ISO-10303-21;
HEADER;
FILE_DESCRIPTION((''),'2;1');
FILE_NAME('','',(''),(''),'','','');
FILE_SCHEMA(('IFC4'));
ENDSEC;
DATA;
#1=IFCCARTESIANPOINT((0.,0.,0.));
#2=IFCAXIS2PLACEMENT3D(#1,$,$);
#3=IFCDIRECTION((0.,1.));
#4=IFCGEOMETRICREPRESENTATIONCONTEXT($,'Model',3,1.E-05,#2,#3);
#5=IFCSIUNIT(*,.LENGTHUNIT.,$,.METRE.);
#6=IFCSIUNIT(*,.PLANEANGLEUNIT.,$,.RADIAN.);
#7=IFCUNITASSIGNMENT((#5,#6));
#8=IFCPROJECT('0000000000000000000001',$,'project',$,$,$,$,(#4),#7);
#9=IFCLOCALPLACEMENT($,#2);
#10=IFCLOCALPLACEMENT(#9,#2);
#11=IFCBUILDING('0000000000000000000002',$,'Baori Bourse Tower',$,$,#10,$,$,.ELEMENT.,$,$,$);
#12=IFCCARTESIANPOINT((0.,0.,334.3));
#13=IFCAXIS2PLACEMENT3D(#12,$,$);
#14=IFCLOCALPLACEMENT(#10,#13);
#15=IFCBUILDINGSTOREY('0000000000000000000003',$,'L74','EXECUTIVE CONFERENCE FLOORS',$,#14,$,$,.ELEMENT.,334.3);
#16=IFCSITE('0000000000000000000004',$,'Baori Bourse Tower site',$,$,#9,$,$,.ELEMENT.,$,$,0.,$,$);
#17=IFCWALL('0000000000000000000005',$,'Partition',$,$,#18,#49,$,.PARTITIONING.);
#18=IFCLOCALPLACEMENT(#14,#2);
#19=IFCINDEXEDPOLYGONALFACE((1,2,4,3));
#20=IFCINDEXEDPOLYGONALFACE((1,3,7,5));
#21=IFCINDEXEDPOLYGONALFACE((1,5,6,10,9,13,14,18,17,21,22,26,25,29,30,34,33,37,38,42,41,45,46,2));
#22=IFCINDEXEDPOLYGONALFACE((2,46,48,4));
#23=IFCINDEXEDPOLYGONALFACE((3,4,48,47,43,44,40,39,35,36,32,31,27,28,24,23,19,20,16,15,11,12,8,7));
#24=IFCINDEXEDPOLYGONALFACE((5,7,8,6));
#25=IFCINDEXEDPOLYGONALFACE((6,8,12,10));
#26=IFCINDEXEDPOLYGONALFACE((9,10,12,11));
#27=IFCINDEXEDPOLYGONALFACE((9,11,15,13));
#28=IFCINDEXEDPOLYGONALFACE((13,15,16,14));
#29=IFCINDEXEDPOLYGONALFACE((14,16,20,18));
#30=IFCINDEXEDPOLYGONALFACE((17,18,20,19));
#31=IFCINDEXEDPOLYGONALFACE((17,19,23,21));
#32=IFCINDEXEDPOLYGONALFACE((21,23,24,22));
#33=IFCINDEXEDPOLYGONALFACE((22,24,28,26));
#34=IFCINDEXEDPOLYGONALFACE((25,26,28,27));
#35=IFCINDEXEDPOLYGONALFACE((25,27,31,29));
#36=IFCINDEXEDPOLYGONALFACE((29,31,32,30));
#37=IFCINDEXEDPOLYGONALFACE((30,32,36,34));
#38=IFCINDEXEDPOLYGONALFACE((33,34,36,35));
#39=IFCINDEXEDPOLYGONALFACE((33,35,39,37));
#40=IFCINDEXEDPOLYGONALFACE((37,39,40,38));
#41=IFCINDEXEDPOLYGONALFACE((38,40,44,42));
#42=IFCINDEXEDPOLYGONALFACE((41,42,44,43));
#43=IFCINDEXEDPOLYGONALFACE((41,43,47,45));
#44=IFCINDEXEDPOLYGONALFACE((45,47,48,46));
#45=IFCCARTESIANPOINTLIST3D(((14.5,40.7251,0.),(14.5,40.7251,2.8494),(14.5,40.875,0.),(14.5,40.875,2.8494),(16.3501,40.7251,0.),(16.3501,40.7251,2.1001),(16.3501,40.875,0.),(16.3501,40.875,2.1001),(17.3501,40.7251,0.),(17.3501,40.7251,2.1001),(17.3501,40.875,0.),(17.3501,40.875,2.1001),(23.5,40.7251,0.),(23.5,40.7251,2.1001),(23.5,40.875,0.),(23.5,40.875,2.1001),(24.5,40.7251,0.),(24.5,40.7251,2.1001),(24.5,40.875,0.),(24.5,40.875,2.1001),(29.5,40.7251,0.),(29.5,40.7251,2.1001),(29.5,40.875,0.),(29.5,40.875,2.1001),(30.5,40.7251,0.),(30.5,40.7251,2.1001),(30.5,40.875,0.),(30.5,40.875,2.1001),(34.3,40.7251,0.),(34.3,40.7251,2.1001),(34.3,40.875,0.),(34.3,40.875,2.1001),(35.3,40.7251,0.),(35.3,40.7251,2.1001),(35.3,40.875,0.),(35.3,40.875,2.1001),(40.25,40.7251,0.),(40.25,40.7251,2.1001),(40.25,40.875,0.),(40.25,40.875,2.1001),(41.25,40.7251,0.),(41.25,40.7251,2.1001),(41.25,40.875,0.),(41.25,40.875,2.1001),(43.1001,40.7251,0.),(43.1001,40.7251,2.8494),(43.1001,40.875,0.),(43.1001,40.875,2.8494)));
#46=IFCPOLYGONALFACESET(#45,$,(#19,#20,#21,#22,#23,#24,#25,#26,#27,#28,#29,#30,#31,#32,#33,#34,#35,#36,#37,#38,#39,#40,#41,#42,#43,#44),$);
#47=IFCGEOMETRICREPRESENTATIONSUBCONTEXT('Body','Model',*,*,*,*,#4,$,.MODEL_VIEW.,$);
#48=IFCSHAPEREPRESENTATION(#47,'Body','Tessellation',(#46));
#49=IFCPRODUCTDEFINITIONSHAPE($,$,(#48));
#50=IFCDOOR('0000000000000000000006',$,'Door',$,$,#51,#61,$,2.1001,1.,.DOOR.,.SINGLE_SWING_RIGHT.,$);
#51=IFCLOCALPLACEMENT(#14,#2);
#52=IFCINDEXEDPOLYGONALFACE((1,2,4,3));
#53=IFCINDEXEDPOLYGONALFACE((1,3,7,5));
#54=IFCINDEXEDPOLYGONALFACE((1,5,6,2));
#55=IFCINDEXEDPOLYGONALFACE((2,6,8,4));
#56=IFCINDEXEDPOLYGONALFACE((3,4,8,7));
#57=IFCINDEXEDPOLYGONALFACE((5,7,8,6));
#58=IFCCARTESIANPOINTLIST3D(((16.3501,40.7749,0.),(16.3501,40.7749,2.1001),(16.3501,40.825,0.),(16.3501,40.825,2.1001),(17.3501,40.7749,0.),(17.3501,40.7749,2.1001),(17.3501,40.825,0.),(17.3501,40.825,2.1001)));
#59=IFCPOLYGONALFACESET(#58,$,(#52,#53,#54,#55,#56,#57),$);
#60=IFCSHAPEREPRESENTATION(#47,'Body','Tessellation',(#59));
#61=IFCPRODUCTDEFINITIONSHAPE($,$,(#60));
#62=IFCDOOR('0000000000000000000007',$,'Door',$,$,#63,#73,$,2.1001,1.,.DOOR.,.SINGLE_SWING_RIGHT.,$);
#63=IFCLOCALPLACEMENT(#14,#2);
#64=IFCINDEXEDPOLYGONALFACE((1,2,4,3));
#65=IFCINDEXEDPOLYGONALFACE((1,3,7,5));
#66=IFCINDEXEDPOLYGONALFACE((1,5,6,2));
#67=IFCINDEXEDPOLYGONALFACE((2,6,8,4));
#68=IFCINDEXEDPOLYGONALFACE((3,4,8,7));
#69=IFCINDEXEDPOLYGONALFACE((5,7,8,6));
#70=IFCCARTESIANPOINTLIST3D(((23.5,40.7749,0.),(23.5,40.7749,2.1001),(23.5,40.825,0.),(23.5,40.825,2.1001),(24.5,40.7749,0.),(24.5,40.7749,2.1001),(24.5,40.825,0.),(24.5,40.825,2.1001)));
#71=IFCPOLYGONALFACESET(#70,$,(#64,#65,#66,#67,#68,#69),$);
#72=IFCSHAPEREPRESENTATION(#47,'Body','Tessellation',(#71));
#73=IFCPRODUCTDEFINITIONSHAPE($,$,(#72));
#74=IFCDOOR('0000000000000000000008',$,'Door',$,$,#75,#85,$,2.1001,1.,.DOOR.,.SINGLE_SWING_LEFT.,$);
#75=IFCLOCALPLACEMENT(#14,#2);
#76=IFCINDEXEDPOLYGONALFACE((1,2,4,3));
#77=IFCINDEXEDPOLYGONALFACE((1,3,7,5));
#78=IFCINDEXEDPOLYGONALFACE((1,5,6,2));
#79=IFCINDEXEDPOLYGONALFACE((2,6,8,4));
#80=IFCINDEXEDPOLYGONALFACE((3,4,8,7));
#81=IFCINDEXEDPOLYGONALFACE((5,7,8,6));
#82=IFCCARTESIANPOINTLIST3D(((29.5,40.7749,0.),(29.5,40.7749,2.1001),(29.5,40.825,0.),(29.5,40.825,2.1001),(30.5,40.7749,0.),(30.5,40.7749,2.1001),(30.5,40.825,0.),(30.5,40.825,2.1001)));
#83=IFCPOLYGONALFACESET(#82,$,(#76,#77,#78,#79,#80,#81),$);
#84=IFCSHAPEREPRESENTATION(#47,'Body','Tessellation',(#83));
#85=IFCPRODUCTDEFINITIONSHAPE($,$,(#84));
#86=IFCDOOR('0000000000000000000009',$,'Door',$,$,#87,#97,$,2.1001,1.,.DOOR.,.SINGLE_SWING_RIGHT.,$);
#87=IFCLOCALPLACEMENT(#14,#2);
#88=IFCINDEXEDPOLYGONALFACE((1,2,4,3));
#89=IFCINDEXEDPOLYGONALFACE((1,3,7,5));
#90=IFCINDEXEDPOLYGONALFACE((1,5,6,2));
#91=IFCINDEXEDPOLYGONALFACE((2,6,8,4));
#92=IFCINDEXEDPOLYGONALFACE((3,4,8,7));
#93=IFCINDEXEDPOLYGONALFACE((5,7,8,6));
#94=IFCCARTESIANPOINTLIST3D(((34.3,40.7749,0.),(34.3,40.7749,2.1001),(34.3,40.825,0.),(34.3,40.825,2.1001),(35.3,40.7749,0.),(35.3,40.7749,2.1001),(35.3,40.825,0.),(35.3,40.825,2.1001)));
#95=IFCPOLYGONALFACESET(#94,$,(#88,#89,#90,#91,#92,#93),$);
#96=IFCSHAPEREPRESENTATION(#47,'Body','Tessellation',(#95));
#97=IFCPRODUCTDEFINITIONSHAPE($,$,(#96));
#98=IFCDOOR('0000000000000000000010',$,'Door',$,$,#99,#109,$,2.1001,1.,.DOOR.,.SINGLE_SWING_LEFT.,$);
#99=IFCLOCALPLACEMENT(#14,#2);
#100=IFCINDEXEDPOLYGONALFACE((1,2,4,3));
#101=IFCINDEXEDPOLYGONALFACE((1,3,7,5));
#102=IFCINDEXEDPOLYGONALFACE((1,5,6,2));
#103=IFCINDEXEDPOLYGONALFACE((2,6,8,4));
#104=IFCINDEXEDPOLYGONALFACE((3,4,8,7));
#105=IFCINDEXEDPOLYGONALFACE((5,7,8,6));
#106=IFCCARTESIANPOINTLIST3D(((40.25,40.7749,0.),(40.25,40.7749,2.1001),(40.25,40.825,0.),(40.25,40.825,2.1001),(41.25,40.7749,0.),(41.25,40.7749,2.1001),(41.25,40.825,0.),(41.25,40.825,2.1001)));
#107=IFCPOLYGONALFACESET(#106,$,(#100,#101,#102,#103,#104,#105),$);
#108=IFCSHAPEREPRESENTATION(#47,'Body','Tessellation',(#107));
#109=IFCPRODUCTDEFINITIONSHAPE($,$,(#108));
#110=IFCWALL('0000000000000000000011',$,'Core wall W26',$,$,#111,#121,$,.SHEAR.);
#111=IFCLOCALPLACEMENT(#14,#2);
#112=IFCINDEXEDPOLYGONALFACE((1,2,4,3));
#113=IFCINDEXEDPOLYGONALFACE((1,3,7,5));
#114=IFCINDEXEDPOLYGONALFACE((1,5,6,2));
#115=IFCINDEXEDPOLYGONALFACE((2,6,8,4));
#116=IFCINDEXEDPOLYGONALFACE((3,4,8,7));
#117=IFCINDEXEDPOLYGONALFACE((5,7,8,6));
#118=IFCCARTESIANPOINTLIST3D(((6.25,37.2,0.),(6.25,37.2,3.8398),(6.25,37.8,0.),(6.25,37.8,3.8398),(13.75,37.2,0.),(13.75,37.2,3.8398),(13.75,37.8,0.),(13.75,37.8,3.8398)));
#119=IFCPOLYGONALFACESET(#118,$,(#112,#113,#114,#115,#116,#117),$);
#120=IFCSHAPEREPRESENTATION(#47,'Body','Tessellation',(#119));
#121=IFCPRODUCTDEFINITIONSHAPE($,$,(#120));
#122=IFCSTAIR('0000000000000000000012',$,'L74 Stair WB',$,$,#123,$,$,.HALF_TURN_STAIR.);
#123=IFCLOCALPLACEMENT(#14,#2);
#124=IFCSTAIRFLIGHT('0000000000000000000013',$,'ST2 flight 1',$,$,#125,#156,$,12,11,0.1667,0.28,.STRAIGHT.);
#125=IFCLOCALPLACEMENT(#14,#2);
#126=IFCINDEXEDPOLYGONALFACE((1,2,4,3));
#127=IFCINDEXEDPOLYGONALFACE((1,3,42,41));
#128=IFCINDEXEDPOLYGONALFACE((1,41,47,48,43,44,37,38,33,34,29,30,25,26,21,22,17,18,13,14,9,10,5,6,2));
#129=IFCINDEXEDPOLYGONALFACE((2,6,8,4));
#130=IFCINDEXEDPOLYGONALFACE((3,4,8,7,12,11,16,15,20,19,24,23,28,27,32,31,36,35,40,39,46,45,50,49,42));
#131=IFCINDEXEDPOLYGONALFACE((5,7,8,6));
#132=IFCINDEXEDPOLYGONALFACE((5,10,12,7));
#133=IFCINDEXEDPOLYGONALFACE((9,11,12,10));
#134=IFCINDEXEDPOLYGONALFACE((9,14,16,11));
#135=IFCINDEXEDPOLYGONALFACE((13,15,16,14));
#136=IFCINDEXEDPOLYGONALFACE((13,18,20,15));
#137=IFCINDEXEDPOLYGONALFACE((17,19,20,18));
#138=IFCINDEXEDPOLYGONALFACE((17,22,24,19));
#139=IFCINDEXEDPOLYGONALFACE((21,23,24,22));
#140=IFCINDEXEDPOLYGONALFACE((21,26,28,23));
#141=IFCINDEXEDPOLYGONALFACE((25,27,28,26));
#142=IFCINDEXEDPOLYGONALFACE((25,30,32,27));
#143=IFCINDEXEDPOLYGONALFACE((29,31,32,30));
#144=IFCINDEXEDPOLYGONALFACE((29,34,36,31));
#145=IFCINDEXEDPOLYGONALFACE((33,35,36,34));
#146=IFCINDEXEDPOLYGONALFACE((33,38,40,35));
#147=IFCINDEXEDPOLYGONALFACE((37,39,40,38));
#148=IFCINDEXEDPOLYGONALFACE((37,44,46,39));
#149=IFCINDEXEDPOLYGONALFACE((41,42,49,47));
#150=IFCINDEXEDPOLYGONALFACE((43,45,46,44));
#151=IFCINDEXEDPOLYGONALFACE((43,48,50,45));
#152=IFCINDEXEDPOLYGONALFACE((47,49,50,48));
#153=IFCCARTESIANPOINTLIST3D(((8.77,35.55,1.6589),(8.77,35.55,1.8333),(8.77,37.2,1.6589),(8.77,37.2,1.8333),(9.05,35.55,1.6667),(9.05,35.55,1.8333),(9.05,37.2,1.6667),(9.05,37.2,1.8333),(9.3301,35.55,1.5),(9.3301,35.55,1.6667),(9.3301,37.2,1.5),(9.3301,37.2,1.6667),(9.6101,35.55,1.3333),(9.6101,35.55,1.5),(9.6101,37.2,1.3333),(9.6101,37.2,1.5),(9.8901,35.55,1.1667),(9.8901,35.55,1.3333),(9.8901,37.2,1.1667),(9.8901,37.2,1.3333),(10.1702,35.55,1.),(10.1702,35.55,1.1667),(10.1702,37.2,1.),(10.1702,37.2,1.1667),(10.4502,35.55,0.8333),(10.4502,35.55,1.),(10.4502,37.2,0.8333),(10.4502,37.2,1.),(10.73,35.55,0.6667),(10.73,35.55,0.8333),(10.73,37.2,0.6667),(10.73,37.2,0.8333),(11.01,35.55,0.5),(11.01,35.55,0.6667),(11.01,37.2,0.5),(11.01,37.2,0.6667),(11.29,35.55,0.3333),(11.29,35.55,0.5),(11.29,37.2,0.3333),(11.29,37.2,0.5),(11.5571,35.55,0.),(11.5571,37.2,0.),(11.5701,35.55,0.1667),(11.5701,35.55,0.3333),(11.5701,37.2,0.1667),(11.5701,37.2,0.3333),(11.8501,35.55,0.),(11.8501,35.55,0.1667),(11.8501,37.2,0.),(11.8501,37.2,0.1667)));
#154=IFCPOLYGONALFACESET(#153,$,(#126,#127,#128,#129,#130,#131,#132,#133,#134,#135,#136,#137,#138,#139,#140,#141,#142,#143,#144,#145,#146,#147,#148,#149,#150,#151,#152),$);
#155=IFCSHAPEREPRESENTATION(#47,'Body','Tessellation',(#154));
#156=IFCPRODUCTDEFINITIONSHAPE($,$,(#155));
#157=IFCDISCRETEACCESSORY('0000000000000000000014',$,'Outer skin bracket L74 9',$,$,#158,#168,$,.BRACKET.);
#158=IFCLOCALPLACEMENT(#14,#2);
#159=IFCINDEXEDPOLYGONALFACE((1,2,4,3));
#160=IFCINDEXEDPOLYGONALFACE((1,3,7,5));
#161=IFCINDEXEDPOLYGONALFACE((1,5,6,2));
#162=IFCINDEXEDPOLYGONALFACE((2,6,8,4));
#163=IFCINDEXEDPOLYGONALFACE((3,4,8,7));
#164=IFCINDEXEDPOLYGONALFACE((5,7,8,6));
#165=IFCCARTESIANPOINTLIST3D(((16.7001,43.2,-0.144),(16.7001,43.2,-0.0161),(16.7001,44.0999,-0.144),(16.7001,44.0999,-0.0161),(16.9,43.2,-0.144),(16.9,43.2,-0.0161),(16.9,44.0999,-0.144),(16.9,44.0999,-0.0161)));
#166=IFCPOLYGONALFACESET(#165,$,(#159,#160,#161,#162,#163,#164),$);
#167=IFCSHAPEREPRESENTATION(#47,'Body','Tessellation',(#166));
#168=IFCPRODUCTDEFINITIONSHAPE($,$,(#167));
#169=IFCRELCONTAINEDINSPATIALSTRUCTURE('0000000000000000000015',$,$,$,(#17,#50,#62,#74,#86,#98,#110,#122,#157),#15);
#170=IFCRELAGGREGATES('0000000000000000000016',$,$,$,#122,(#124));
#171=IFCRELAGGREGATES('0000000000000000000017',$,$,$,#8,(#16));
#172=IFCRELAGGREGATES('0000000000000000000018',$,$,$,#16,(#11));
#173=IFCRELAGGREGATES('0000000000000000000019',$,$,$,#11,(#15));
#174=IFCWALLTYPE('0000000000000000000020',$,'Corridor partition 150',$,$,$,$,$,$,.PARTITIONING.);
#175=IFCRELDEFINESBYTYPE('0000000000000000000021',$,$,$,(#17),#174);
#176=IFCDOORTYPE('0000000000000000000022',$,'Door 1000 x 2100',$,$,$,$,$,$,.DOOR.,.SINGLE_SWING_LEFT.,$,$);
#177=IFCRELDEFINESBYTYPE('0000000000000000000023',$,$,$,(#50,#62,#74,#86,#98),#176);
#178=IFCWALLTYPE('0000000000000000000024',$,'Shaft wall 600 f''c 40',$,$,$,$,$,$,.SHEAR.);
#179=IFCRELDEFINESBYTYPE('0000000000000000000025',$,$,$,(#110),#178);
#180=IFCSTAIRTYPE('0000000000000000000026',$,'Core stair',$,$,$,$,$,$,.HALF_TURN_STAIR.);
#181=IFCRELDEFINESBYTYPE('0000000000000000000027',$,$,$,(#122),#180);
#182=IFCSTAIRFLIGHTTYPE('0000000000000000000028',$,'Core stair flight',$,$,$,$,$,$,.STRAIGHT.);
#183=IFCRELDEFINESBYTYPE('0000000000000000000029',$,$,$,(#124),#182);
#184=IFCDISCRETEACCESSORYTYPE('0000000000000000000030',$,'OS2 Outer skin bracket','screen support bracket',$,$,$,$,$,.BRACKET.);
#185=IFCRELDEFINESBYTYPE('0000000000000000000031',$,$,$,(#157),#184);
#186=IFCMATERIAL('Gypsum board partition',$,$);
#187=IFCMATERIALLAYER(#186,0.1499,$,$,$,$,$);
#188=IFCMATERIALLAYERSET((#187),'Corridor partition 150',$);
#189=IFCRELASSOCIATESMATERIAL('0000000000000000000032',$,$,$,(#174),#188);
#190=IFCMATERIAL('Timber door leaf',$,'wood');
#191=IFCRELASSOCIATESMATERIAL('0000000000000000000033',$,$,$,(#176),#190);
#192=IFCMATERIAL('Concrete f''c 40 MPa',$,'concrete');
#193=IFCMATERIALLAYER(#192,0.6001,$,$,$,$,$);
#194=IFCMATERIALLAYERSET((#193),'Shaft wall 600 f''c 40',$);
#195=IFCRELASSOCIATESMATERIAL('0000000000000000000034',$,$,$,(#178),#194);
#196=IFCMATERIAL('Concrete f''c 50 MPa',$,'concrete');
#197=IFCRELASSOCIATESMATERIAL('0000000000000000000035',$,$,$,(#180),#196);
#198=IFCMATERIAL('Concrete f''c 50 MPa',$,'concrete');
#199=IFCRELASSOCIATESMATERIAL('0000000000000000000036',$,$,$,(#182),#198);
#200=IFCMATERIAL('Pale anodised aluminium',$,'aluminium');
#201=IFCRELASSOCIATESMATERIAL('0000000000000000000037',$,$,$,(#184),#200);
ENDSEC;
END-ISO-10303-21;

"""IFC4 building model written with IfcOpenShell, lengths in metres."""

from ifc_helpers import new_model, si_unit, direction, frame, frame_2d, origin, origin_2d, place, context, subcontext, project, spatial, polyline, rectangle, outline, extrude, material, layer, layer_set, type_object, element, fill, aggregate, save


model = new_model("IFC4")

# Units and contexts
model_context = context("Model", 3, precision=1e-05, world=origin(), true_north=direction((0.0, 1.0)))
body_context = subcontext(model_context, "Body", "Model", "MODEL_VIEW")
ifc_project = project(units=[si_unit("LENGTHUNIT", "METRE"), si_unit("PLANEANGLEUNIT", "RADIAN")], contexts=[model_context])

# Site, building, storey
site_placement = place(None, origin())
site = spatial("IfcSite", under=ifc_project, at=site_placement, Name="Baori Bourse Tower site", CompositionType="ELEMENT", RefElevation=0.0)
building_placement = place(site_placement, origin())
building = spatial("IfcBuilding", under=site, at=building_placement, Name="Baori Bourse Tower", CompositionType="ELEMENT")
storey_placement = place(building_placement, frame((0.0, 0.0, 334.3)))
storey = spatial("IfcBuildingStorey", under=building, at=storey_placement, Name="L74", Description="EXECUTIVE CONFERENCE FLOORS", CompositionType="ELEMENT", Elevation=334.3)

# Wall, openings, doors
ifc_material_1 = material(Name="Gypsum board partition")
ifc_layer_1 = layer(ifc_material_1, 0.1499)
ifc_layer_set_1 = layer_set([ifc_layer_1], Name="Corridor partition 150")
wall_type_1 = type_object("IfcWallType", Name="Corridor partition 150", PredefinedType="PARTITIONING", material=ifc_layer_set_1)
wall_1_placement = place(storey_placement, frame((14.5, 40.8, 0.0), z_axis=(0.0, 0.0, 1.0), x_axis=(1.0, 0.0, 0.0)))
wall_1 = element("IfcWall", 1, at=wall_1_placement, inside=storey, type_object=wall_type_1, Name="Partition", PredefinedType="PARTITIONING", context=body_context, shape_type="SweptSolid", body=[
    extrude(rectangle(XDim=28.6001, YDim=0.1499, at=frame_2d((14.3, 0.0))), origin(), (0.0, 0.0, 1.0), 2.8494),
])
opening_1_placement = place(wall_1_placement, frame((1.8501, 0.0, 0.0)))
opening_1 = element("IfcOpeningElement", 2, at=opening_1_placement, cuts=wall_1, PredefinedType="OPENING", context=body_context, shape_type="SweptSolid", body=[
    extrude(rectangle(XDim=1.0, YDim=2.1001, at=frame_2d((0.5, 1.05))), frame((0.0, 0.085, 0.0), z_axis=(0.0, -1.0, 0.0), x_axis=(1.0, 0.0, 0.0)), (0.0, 0.0, 1.0), 0.1699),
])
opening_2_placement = place(wall_1_placement, frame((9.0, 0.0, 0.0)))
opening_2 = element("IfcOpeningElement", 3, at=opening_2_placement, cuts=wall_1, PredefinedType="OPENING", context=body_context, shape_type="SweptSolid", body=[
    extrude(rectangle(XDim=1.0, YDim=2.1001, at=frame_2d((0.5, 1.05))), frame((0.0, 0.085, 0.0), z_axis=(0.0, -1.0, 0.0), x_axis=(1.0, 0.0, 0.0)), (0.0, 0.0, 1.0), 0.1699),
])
opening_3_placement = place(wall_1_placement, frame((15.0, 0.0, 0.0)))
opening_3 = element("IfcOpeningElement", 4, at=opening_3_placement, cuts=wall_1, PredefinedType="OPENING", context=body_context, shape_type="SweptSolid", body=[
    extrude(rectangle(XDim=1.0, YDim=2.1001, at=frame_2d((0.5, 1.05))), frame((0.0, 0.085, 0.0), z_axis=(0.0, -1.0, 0.0), x_axis=(1.0, 0.0, 0.0)), (0.0, 0.0, 1.0), 0.1699),
])
opening_4_placement = place(wall_1_placement, frame((19.8, 0.0, 0.0)))
opening_4 = element("IfcOpeningElement", 5, at=opening_4_placement, cuts=wall_1, PredefinedType="OPENING", context=body_context, shape_type="SweptSolid", body=[
    extrude(rectangle(XDim=1.0, YDim=2.1001, at=frame_2d((0.5, 1.05))), frame((0.0, 0.085, 0.0), z_axis=(0.0, -1.0, 0.0), x_axis=(1.0, 0.0, 0.0)), (0.0, 0.0, 1.0), 0.1699),
])
opening_5_placement = place(wall_1_placement, frame((25.75, 0.0, 0.0)))
opening_5 = element("IfcOpeningElement", 6, at=opening_5_placement, cuts=wall_1, PredefinedType="OPENING", context=body_context, shape_type="SweptSolid", body=[
    extrude(rectangle(XDim=1.0, YDim=2.1001, at=frame_2d((0.5, 1.05))), frame((0.0, 0.085, 0.0), z_axis=(0.0, -1.0, 0.0), x_axis=(1.0, 0.0, 0.0)), (0.0, 0.0, 1.0), 0.1699),
])
ifc_material_2 = material(Name="Timber door leaf", Category="wood")
door_type_1 = type_object("IfcDoorType", Name="Door 1000 x 2100", OperationType="SINGLE_SWING_LEFT", PredefinedType="DOOR", material=ifc_material_2)
door_1_placement = place(opening_1_placement, origin())
door_1 = element("IfcDoor", 7, at=door_1_placement, inside=storey, type_object=door_type_1, Name="Door", OperationType="SINGLE_SWING_RIGHT", OverallHeight=2.1001, OverallWidth=1.0, PredefinedType="DOOR", context=body_context, shape_type="SweptSolid", body=[
    extrude(rectangle(XDim=1.0, YDim=2.1001, at=frame_2d((0.5, 1.05))), frame((0.0, 0.0249, 0.0), z_axis=(0.0, -1.0, 0.0), x_axis=(1.0, 0.0, 0.0)), (0.0, 0.0, 1.0), 0.05),
])
fill(opening_1, door_1)
door_2_placement = place(opening_2_placement, origin())
door_2 = element("IfcDoor", 8, at=door_2_placement, inside=storey, type_object=door_type_1, Name="Door", OperationType="SINGLE_SWING_RIGHT", OverallHeight=2.1001, OverallWidth=1.0, PredefinedType="DOOR", context=body_context, shape_type="SweptSolid", body=[
    extrude(rectangle(XDim=1.0, YDim=2.1001, at=frame_2d((0.5, 1.05))), frame((0.0, 0.0249, 0.0), z_axis=(0.0, -1.0, 0.0), x_axis=(1.0, 0.0, 0.0)), (0.0, 0.0, 1.0), 0.05),
])
fill(opening_2, door_2)
door_3_placement = place(opening_3_placement, origin())
door_3 = element("IfcDoor", 9, at=door_3_placement, inside=storey, type_object=door_type_1, Name="Door", OperationType="SINGLE_SWING_LEFT", OverallHeight=2.1001, OverallWidth=1.0, PredefinedType="DOOR", context=body_context, shape_type="SweptSolid", body=[
    extrude(rectangle(XDim=1.0, YDim=2.1001, at=frame_2d((0.5, 1.05))), frame((0.0, 0.0249, 0.0), z_axis=(0.0, -1.0, 0.0), x_axis=(1.0, 0.0, 0.0)), (0.0, 0.0, 1.0), 0.05),
])
fill(opening_3, door_3)
door_4_placement = place(opening_4_placement, origin())
door_4 = element("IfcDoor", 10, at=door_4_placement, inside=storey, type_object=door_type_1, Name="Door", OperationType="SINGLE_SWING_RIGHT", OverallHeight=2.1001, OverallWidth=1.0, PredefinedType="DOOR", context=body_context, shape_type="SweptSolid", body=[
    extrude(rectangle(XDim=1.0, YDim=2.1001, at=frame_2d((0.5, 1.05))), frame((0.0, 0.0249, 0.0), z_axis=(0.0, -1.0, 0.0), x_axis=(1.0, 0.0, 0.0)), (0.0, 0.0, 1.0), 0.05),
])
fill(opening_4, door_4)
door_5_placement = place(opening_5_placement, origin())
door_5 = element("IfcDoor", 11, at=door_5_placement, inside=storey, type_object=door_type_1, Name="Door", OperationType="SINGLE_SWING_LEFT", OverallHeight=2.1001, OverallWidth=1.0, PredefinedType="DOOR", context=body_context, shape_type="SweptSolid", body=[
    extrude(rectangle(XDim=1.0, YDim=2.1001, at=frame_2d((0.5, 1.05))), frame((0.0, 0.0249, 0.0), z_axis=(0.0, -1.0, 0.0), x_axis=(1.0, 0.0, 0.0)), (0.0, 0.0, 1.0), 0.05),
])
fill(opening_5, door_5)

# Wall
ifc_material_3 = material(Name="Concrete f'c 40 MPa", Category="concrete")
ifc_layer_2 = layer(ifc_material_3, 0.6001)
ifc_layer_set_2 = layer_set([ifc_layer_2], Name="Shaft wall 600 f'c 40")
wall_type_2 = type_object("IfcWallType", Name="Shaft wall 600 f'c 40", PredefinedType="SHEAR", material=ifc_layer_set_2)
wall_2_placement = place(storey_placement, frame((6.25, 37.5, 0.0), z_axis=(0.0, 0.0, 1.0), x_axis=(1.0, 0.0, 0.0)))
element("IfcWall", 12, at=wall_2_placement, inside=storey, type_object=wall_type_2, Name="Core wall W26", PredefinedType="SHEAR", context=body_context, shape_type="SweptSolid", body=[
    extrude(rectangle(XDim=7.5, YDim=0.6001, at=frame_2d((3.75, 0.0))), origin(), (0.0, 0.0, 1.0), 3.8398),
])

# Stair, stair flight
ifc_material_4 = material(Name="Concrete f'c 50 MPa", Category="concrete")
stair_type = type_object("IfcStairType", Name="Core stair", PredefinedType="HALF_TURN_STAIR", material=ifc_material_4)
stair_placement = place(storey_placement, origin())
stair = element("IfcStair", 13, at=stair_placement, inside=storey, type_object=stair_type, Name="L74 Stair WB", PredefinedType="HALF_TURN_STAIR")
ifc_material_5 = material(Name="Concrete f'c 50 MPa", Category="concrete")
stair_flight_type = type_object("IfcStairFlightType", Name="Core stair flight", PredefinedType="STRAIGHT", material=ifc_material_5)
stair_flight_placement = place(storey_placement, frame((11.8501, 36.375, 0.0), z_axis=(0.0, 0.0, 1.0), x_axis=(-1.0, 0.0, 0.0)))
stair_flight = element("IfcStairFlight", 14, at=stair_flight_placement, type_object=stair_flight_type, Name="ST2 flight 1", NumberOfRisers=12, NumberOfTreads=11, PredefinedType="STRAIGHT", RiserHeight=0.1667, TreadLength=0.28, context=body_context, shape_type="SweptSolid", body=[
    extrude(outline(polyline([(0.0, 0.0), (0.0, 0.1667), (0.28, 0.1667), (0.28, 0.3333), (0.5601, 0.3333), (0.5601, 0.5), (0.8401, 0.5), (0.8401, 0.6667), (1.1201, 0.6667), (1.1201, 0.8333), (1.3999, 0.8333), (1.3999, 1.0), (1.6799, 1.0), (1.6799, 1.1667), (1.96, 1.1667), (1.96, 1.3333), (2.24, 1.3333), (2.24, 1.5), (2.52, 1.5), (2.52, 1.6667), (2.8, 1.6667), (2.8, 1.8333), (3.0801, 1.8333), (3.0801, 2.0), (3.0801, 1.6589), (0.293, 0.0), (0.0, 0.0)])), frame((0.0, 0.825, 0.0), z_axis=(0.0, -1.0, 0.0), x_axis=(1.0, 0.0, 0.0)), (0.0, 0.0, 1.0), 1.6499),
])
aggregate(stair, [stair_flight])

# Discrete accessory
ifc_material_6 = material(Name="Pale anodised aluminium", Category="aluminium")
discrete_accessory_type = type_object("IfcDiscreteAccessoryType", Name="OS2 Outer skin bracket", Description="screen support bracket", PredefinedType="BRACKET", material=ifc_material_6)
for number, where, z_axis, x_axis, name in (
    (15, (16.8, 43.6499, -0.144), (0.0, 0.0, 1.0), (-1.0, 0.0, 0.0), "Outer skin bracket L74 9"),
):
    element("IfcDiscreteAccessory", number, at=place(storey_placement, frame(where, z_axis=z_axis, x_axis=x_axis)), inside=storey, type_object=discrete_accessory_type, Name=name, PredefinedType="BRACKET", context=body_context, shape_type="SweptSolid", body=[
        extrude(rectangle(XDim=0.2, YDim=0.8999, at=origin_2d()), origin(), (0.0, 0.0, 1.0), 0.1279),
    ])

save(model, "model.ifc")
